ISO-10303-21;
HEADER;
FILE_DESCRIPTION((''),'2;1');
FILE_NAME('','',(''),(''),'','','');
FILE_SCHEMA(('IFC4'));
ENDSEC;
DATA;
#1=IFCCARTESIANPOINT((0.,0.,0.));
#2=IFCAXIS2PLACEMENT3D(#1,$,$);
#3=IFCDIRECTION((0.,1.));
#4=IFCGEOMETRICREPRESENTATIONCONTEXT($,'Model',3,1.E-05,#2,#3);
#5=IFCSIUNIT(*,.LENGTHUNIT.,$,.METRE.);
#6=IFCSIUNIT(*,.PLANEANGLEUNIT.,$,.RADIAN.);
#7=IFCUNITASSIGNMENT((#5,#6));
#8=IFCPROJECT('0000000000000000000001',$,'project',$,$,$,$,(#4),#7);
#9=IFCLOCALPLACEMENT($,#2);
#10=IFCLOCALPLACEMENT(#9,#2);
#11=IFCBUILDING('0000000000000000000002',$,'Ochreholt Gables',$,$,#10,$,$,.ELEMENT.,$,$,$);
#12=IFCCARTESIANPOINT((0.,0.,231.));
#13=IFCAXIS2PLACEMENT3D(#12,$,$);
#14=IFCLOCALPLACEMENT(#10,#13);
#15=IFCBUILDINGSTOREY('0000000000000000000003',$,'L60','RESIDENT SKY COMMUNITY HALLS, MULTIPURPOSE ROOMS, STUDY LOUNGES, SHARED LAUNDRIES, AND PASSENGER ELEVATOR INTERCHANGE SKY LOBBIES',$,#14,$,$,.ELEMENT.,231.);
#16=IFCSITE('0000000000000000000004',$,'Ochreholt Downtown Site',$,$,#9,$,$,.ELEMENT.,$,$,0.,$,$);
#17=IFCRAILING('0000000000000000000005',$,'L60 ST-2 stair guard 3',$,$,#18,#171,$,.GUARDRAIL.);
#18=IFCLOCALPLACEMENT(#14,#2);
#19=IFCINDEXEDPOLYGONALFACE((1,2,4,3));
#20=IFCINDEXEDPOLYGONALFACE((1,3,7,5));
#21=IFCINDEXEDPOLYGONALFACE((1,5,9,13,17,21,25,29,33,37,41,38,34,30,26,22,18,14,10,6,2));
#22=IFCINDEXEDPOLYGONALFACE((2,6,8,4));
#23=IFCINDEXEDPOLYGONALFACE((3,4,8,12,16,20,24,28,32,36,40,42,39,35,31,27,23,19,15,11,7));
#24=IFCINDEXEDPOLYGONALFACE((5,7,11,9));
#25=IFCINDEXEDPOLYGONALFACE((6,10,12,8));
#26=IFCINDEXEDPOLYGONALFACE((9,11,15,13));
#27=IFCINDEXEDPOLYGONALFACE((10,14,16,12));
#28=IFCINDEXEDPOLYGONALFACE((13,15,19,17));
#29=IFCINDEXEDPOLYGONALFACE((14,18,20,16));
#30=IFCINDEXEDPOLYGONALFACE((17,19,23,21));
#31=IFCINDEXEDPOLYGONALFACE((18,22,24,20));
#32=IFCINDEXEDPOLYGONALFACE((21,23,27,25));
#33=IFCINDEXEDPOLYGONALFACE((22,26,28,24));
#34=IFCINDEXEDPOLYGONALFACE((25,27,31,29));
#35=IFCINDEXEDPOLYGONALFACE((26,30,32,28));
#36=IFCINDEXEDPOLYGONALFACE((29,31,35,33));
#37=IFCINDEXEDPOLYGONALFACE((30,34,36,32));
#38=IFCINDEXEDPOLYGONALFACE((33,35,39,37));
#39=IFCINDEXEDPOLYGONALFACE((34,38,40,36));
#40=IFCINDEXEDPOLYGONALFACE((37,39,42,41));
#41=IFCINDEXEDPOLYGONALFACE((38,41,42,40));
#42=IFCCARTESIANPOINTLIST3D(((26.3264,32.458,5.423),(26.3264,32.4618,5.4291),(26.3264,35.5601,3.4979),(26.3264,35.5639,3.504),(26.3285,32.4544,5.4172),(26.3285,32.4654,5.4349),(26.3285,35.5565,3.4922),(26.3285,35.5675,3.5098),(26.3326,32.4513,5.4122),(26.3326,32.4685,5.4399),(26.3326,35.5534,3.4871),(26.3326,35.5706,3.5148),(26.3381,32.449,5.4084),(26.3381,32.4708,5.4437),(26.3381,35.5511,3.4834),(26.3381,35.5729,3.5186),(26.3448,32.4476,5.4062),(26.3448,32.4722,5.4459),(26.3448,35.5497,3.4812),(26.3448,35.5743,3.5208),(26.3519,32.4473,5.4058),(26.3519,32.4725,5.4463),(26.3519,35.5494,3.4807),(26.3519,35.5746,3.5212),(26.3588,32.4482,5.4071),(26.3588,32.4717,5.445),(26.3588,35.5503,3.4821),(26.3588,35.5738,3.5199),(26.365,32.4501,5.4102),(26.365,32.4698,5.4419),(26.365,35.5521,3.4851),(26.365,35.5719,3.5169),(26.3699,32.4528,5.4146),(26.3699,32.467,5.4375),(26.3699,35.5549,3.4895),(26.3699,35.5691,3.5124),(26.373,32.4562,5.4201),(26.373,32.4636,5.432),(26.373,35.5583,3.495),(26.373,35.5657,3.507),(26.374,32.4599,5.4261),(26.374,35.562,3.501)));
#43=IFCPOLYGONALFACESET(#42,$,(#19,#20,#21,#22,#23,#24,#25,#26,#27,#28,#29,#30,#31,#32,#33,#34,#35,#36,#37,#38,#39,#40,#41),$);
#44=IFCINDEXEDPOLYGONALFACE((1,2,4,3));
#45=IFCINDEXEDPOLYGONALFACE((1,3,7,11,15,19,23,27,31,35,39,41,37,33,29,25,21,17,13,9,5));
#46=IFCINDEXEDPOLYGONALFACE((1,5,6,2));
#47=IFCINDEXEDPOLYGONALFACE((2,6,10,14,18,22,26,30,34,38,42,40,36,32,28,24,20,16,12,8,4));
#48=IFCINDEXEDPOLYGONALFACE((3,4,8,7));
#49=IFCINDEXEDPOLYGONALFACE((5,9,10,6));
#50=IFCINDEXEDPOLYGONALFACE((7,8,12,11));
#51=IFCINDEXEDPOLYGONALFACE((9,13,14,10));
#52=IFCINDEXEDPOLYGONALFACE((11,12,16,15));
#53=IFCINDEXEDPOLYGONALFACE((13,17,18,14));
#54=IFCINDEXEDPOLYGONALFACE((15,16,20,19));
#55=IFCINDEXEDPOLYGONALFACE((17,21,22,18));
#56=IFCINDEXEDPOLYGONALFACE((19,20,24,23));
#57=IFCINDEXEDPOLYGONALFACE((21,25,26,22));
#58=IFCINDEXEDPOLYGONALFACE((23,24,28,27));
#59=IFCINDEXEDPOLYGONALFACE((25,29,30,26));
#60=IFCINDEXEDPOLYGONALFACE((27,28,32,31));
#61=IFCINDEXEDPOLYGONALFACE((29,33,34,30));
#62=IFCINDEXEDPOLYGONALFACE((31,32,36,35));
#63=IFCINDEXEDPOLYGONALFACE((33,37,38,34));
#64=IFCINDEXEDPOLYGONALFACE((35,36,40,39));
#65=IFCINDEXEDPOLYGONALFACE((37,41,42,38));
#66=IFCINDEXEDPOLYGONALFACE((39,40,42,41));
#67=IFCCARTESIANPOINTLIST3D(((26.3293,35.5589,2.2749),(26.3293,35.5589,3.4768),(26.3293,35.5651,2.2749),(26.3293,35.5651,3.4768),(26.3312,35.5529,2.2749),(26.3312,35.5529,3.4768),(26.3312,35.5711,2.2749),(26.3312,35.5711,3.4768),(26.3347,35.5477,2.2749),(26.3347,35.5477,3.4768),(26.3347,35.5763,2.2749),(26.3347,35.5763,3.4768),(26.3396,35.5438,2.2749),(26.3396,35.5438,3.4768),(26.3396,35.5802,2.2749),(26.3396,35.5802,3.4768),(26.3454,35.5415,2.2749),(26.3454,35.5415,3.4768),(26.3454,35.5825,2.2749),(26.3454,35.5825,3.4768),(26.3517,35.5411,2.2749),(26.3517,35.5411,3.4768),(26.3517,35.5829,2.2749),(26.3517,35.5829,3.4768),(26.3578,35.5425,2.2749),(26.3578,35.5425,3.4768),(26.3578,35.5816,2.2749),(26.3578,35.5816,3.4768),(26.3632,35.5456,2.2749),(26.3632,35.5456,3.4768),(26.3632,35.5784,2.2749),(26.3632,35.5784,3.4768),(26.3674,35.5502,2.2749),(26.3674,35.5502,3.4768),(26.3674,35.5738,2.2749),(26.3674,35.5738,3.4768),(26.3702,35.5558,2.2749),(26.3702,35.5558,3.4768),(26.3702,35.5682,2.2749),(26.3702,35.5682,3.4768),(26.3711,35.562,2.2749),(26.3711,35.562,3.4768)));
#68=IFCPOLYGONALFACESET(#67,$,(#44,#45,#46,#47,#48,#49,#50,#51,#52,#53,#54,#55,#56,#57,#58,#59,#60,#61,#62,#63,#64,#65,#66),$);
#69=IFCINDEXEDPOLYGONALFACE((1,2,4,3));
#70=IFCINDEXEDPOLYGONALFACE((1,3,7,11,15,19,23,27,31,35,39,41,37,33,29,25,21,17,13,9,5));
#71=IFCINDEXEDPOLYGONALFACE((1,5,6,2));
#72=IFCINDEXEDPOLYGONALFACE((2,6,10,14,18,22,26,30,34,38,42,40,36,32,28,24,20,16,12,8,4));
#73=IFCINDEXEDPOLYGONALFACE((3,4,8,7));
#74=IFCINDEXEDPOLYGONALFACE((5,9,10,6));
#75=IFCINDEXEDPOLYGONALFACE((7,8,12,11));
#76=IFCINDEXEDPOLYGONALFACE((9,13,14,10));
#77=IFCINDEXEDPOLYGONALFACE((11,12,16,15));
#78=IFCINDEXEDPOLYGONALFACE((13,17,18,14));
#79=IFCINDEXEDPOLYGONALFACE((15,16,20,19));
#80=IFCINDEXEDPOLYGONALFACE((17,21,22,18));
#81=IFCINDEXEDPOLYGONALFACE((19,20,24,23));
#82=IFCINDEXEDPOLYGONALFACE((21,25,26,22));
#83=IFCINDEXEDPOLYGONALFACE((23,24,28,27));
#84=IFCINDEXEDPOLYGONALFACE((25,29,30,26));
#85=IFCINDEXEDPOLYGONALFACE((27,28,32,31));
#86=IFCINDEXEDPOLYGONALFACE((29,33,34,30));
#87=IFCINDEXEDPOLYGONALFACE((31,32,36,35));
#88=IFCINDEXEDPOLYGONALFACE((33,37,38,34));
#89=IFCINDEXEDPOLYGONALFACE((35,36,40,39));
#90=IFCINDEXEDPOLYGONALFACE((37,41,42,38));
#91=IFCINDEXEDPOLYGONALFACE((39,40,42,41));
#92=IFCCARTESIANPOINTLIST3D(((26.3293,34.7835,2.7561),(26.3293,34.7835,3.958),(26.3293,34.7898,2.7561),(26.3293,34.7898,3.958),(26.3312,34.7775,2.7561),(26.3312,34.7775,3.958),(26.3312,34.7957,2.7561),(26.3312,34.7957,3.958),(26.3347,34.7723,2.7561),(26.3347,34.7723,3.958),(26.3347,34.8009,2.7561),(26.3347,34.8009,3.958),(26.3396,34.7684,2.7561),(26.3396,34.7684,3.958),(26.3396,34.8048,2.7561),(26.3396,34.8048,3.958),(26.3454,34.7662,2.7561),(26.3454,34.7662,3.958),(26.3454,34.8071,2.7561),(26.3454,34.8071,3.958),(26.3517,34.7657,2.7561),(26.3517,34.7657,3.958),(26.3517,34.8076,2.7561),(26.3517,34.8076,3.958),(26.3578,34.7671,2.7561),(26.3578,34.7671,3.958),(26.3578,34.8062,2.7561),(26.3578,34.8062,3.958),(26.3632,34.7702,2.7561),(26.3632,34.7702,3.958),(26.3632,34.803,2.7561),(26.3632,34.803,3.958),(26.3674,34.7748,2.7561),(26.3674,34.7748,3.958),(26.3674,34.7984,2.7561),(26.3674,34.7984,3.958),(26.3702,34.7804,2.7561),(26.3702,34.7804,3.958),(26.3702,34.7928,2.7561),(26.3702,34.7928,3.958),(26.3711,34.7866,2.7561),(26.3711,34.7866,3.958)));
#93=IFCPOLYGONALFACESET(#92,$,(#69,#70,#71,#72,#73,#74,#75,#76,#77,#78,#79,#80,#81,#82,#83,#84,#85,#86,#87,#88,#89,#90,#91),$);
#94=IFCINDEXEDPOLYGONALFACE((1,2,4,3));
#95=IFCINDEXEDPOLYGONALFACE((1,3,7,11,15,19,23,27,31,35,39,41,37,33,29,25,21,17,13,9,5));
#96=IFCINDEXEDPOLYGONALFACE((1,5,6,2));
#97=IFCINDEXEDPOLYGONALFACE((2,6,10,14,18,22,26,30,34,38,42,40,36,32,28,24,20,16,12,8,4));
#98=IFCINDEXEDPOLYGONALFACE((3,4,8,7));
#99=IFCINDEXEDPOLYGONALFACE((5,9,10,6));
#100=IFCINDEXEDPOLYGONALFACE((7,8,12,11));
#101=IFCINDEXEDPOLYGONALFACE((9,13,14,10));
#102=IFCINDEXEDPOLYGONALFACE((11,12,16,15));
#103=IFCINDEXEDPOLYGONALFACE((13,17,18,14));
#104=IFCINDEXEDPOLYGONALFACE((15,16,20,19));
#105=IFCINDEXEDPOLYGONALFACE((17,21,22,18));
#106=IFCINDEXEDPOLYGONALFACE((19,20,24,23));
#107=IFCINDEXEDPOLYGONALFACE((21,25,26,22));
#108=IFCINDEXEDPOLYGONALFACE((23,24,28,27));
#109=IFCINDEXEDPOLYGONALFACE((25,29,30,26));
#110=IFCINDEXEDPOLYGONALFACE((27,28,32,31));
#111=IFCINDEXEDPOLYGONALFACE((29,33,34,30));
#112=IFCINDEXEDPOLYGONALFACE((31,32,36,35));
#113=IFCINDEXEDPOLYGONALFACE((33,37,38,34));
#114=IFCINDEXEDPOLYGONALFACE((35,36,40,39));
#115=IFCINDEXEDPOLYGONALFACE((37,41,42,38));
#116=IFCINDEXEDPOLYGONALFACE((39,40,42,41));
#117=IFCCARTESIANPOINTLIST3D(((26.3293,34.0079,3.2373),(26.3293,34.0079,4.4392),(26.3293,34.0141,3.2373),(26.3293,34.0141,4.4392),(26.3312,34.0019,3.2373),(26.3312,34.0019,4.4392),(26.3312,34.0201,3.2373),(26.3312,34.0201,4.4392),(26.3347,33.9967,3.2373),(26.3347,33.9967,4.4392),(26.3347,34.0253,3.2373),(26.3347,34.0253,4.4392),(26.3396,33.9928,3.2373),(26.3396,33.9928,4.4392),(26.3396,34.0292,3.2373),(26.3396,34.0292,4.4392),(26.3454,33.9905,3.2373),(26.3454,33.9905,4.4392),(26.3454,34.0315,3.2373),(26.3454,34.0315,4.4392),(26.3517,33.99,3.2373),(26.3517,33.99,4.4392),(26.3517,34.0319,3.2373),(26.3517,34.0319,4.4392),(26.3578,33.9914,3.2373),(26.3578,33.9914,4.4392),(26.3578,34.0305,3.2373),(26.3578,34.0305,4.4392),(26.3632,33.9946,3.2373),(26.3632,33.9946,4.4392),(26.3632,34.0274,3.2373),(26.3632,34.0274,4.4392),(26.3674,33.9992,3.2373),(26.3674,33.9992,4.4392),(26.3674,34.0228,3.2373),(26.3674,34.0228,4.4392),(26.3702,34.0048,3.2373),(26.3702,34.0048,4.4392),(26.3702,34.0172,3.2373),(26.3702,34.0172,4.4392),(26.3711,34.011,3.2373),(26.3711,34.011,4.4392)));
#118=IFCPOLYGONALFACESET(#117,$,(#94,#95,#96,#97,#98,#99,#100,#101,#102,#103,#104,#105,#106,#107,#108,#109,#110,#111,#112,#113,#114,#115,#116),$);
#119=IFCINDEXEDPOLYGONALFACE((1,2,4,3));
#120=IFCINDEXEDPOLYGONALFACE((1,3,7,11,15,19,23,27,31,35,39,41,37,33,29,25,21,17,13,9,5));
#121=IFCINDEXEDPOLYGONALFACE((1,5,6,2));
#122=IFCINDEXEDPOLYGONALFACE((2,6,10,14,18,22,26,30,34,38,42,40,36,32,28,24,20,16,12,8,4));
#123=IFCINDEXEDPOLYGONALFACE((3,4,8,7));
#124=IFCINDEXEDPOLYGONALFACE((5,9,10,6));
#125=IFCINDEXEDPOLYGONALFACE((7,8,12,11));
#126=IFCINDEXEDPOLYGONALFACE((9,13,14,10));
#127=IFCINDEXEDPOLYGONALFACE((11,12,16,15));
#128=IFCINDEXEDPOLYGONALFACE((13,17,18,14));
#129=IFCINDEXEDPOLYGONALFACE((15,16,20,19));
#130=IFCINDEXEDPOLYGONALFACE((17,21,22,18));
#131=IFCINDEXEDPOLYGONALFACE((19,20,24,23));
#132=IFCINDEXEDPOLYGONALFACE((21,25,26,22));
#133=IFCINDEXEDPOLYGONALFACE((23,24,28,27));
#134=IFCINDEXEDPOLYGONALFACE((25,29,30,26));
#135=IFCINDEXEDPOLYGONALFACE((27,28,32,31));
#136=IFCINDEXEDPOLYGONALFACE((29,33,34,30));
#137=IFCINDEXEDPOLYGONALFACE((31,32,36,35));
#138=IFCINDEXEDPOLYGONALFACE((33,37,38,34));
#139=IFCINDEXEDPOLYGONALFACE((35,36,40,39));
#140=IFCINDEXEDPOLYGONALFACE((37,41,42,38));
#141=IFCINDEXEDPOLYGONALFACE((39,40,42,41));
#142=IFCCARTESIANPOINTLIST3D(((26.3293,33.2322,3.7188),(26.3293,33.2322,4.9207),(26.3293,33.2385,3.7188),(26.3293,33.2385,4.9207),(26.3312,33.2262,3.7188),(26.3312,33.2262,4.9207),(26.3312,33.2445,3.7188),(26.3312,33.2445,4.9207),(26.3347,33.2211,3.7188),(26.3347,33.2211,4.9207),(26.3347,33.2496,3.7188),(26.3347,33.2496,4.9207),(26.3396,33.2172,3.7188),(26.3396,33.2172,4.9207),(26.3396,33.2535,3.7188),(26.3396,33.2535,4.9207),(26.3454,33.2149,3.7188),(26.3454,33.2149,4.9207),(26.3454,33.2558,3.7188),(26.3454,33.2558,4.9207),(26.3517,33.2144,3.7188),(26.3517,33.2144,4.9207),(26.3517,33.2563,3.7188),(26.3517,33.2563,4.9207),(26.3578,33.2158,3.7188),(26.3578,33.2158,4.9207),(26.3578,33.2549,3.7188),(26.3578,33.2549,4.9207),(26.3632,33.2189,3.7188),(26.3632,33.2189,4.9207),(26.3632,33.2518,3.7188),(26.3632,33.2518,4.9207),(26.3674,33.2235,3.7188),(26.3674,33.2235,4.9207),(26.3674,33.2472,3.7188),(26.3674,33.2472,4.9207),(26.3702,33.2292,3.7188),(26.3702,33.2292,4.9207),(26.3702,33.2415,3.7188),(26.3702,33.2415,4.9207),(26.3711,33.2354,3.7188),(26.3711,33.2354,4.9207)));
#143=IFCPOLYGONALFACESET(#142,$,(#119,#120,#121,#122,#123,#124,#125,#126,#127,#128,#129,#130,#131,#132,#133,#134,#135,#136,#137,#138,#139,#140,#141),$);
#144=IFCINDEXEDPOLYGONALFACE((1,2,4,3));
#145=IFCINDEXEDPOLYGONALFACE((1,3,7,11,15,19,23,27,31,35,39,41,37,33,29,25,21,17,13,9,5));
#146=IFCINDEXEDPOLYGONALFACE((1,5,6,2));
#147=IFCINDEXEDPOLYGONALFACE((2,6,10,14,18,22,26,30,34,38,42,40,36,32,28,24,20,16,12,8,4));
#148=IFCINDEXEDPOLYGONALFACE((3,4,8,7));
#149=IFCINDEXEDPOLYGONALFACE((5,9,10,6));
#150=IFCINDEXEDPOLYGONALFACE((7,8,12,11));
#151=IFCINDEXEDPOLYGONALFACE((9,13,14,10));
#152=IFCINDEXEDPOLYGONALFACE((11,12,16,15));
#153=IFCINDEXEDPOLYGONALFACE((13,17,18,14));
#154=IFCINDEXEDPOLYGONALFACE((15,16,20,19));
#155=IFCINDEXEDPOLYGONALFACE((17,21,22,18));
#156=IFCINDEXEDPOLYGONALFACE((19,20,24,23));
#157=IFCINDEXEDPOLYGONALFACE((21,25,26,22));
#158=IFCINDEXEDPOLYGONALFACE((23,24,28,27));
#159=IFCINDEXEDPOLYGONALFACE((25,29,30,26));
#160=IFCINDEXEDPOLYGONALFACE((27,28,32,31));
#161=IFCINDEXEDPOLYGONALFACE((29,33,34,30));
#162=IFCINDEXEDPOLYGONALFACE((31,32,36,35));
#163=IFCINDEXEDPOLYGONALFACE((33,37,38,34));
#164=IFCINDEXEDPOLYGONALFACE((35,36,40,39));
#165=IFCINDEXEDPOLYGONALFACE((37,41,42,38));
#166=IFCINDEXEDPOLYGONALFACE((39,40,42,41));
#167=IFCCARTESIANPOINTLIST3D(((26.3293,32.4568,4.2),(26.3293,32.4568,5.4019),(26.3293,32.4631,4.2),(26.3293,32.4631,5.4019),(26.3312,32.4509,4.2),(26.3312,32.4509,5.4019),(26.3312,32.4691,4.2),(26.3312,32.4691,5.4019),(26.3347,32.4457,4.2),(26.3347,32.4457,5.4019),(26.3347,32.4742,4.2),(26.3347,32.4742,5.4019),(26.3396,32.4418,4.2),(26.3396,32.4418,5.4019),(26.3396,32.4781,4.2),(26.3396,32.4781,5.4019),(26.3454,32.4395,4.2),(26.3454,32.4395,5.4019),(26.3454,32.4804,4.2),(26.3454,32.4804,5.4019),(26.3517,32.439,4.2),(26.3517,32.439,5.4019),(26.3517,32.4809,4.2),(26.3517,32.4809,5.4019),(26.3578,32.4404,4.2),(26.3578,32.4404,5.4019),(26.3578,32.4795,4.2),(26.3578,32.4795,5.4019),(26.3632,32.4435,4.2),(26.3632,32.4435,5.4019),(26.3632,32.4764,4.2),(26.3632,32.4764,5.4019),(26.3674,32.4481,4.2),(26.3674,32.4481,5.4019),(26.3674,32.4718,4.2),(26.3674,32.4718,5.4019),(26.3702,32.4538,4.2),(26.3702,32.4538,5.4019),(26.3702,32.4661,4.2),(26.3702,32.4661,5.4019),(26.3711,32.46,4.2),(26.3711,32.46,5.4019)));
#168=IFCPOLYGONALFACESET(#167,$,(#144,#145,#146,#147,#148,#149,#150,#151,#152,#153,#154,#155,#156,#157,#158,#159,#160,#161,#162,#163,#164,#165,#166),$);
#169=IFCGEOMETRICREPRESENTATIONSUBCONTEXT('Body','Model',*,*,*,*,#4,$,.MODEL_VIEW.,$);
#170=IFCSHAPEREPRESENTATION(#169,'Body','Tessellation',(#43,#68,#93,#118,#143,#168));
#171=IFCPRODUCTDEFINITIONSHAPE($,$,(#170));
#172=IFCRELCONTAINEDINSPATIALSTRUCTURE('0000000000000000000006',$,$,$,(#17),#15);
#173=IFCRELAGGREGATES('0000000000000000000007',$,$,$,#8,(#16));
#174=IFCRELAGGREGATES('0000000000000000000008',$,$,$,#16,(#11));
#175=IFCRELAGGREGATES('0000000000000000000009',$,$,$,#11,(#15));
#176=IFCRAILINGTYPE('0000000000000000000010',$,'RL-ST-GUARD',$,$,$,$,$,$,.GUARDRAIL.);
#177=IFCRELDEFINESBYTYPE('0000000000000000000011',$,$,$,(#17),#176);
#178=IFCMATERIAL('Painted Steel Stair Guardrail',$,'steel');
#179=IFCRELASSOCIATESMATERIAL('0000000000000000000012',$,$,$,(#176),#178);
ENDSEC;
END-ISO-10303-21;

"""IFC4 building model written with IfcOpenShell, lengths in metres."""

from ifc_helpers import new_model, si_unit, direction, frame, origin, origin_2d, place, context, subcontext, project, spatial, circle, extrude, material, type_object, element, save


model = new_model("IFC4")

# Units and contexts
model_context = context("Model", 3, precision=1e-05, world=origin(), true_north=direction((0.0, 1.0)))
body_context = subcontext(model_context, "Body", "Model", "MODEL_VIEW")
ifc_project = project(units=[si_unit("LENGTHUNIT", "METRE"), si_unit("PLANEANGLEUNIT", "RADIAN")], contexts=[model_context])

# Site, building, storey
site_placement = place(None, origin())
site = spatial("IfcSite", under=ifc_project, at=site_placement, Name="Ochreholt Downtown Site", CompositionType="ELEMENT", RefElevation=0.0)
building_placement = place(site_placement, origin())
building = spatial("IfcBuilding", under=site, at=building_placement, Name="Ochreholt Gables", CompositionType="ELEMENT")
storey_placement = place(building_placement, frame((0.0, 0.0, 231.0)))
storey = spatial("IfcBuildingStorey", under=building, at=storey_placement, Name="L60", Description="RESIDENT SKY COMMUNITY HALLS, MULTIPURPOSE ROOMS, STUDY LOUNGES, SHARED LAUNDRIES, AND PASSENGER ELEVATOR INTERCHANGE SKY LOBBIES", CompositionType="ELEMENT", Elevation=231.0)

# Railing
ifc_material_1 = material(Name="Painted Steel Stair Guardrail", Category="steel")
railing_type_1 = type_object("IfcRailingType", Name="RL-ST-GUARD", PredefinedType="GUARDRAIL", material=ifc_material_1)
railing_1_placement = place(storey_placement, frame((26.3501, 35.562, 2.2749)))
element("IfcRailing", 1, at=railing_1_placement, inside=storey, type_object=railing_type_1, Name="L60 ST-2 stair guard 3", PredefinedType="GUARDRAIL", context=body_context, shape_type="SweptSolid", body=[
    extrude(circle(Radius=0.0239, at=origin_2d()), frame((0.0, 0.0, 1.2261), z_axis=(0.0, -0.849685, 0.527291), x_axis=(1.0, 0.0, 0.0)), (0.0, 0.0, 1.0), 3.6509),
    extrude(circle(Radius=0.021, at=origin_2d()), origin(), (0.0, 0.0, 1.0), 1.2019),
    extrude(circle(Radius=0.021, at=origin_2d()), frame((0.0, -0.7754, 0.4812)), (0.0, 0.0, 1.0), 1.2019),
    extrude(circle(Radius=0.021, at=origin_2d()), frame((0.0, -1.551, 0.9624)), (0.0, 0.0, 1.0), 1.2019),
    extrude(circle(Radius=0.021, at=origin_2d()), frame((0.0, -2.3267, 1.4438)), (0.0, 0.0, 1.0), 1.2019),
    extrude(circle(Radius=0.021, at=origin_2d()), frame((0.0, -3.1021, 1.925)), (0.0, 0.0, 1.0), 1.2019),
])

save(model, "model.ifc")
